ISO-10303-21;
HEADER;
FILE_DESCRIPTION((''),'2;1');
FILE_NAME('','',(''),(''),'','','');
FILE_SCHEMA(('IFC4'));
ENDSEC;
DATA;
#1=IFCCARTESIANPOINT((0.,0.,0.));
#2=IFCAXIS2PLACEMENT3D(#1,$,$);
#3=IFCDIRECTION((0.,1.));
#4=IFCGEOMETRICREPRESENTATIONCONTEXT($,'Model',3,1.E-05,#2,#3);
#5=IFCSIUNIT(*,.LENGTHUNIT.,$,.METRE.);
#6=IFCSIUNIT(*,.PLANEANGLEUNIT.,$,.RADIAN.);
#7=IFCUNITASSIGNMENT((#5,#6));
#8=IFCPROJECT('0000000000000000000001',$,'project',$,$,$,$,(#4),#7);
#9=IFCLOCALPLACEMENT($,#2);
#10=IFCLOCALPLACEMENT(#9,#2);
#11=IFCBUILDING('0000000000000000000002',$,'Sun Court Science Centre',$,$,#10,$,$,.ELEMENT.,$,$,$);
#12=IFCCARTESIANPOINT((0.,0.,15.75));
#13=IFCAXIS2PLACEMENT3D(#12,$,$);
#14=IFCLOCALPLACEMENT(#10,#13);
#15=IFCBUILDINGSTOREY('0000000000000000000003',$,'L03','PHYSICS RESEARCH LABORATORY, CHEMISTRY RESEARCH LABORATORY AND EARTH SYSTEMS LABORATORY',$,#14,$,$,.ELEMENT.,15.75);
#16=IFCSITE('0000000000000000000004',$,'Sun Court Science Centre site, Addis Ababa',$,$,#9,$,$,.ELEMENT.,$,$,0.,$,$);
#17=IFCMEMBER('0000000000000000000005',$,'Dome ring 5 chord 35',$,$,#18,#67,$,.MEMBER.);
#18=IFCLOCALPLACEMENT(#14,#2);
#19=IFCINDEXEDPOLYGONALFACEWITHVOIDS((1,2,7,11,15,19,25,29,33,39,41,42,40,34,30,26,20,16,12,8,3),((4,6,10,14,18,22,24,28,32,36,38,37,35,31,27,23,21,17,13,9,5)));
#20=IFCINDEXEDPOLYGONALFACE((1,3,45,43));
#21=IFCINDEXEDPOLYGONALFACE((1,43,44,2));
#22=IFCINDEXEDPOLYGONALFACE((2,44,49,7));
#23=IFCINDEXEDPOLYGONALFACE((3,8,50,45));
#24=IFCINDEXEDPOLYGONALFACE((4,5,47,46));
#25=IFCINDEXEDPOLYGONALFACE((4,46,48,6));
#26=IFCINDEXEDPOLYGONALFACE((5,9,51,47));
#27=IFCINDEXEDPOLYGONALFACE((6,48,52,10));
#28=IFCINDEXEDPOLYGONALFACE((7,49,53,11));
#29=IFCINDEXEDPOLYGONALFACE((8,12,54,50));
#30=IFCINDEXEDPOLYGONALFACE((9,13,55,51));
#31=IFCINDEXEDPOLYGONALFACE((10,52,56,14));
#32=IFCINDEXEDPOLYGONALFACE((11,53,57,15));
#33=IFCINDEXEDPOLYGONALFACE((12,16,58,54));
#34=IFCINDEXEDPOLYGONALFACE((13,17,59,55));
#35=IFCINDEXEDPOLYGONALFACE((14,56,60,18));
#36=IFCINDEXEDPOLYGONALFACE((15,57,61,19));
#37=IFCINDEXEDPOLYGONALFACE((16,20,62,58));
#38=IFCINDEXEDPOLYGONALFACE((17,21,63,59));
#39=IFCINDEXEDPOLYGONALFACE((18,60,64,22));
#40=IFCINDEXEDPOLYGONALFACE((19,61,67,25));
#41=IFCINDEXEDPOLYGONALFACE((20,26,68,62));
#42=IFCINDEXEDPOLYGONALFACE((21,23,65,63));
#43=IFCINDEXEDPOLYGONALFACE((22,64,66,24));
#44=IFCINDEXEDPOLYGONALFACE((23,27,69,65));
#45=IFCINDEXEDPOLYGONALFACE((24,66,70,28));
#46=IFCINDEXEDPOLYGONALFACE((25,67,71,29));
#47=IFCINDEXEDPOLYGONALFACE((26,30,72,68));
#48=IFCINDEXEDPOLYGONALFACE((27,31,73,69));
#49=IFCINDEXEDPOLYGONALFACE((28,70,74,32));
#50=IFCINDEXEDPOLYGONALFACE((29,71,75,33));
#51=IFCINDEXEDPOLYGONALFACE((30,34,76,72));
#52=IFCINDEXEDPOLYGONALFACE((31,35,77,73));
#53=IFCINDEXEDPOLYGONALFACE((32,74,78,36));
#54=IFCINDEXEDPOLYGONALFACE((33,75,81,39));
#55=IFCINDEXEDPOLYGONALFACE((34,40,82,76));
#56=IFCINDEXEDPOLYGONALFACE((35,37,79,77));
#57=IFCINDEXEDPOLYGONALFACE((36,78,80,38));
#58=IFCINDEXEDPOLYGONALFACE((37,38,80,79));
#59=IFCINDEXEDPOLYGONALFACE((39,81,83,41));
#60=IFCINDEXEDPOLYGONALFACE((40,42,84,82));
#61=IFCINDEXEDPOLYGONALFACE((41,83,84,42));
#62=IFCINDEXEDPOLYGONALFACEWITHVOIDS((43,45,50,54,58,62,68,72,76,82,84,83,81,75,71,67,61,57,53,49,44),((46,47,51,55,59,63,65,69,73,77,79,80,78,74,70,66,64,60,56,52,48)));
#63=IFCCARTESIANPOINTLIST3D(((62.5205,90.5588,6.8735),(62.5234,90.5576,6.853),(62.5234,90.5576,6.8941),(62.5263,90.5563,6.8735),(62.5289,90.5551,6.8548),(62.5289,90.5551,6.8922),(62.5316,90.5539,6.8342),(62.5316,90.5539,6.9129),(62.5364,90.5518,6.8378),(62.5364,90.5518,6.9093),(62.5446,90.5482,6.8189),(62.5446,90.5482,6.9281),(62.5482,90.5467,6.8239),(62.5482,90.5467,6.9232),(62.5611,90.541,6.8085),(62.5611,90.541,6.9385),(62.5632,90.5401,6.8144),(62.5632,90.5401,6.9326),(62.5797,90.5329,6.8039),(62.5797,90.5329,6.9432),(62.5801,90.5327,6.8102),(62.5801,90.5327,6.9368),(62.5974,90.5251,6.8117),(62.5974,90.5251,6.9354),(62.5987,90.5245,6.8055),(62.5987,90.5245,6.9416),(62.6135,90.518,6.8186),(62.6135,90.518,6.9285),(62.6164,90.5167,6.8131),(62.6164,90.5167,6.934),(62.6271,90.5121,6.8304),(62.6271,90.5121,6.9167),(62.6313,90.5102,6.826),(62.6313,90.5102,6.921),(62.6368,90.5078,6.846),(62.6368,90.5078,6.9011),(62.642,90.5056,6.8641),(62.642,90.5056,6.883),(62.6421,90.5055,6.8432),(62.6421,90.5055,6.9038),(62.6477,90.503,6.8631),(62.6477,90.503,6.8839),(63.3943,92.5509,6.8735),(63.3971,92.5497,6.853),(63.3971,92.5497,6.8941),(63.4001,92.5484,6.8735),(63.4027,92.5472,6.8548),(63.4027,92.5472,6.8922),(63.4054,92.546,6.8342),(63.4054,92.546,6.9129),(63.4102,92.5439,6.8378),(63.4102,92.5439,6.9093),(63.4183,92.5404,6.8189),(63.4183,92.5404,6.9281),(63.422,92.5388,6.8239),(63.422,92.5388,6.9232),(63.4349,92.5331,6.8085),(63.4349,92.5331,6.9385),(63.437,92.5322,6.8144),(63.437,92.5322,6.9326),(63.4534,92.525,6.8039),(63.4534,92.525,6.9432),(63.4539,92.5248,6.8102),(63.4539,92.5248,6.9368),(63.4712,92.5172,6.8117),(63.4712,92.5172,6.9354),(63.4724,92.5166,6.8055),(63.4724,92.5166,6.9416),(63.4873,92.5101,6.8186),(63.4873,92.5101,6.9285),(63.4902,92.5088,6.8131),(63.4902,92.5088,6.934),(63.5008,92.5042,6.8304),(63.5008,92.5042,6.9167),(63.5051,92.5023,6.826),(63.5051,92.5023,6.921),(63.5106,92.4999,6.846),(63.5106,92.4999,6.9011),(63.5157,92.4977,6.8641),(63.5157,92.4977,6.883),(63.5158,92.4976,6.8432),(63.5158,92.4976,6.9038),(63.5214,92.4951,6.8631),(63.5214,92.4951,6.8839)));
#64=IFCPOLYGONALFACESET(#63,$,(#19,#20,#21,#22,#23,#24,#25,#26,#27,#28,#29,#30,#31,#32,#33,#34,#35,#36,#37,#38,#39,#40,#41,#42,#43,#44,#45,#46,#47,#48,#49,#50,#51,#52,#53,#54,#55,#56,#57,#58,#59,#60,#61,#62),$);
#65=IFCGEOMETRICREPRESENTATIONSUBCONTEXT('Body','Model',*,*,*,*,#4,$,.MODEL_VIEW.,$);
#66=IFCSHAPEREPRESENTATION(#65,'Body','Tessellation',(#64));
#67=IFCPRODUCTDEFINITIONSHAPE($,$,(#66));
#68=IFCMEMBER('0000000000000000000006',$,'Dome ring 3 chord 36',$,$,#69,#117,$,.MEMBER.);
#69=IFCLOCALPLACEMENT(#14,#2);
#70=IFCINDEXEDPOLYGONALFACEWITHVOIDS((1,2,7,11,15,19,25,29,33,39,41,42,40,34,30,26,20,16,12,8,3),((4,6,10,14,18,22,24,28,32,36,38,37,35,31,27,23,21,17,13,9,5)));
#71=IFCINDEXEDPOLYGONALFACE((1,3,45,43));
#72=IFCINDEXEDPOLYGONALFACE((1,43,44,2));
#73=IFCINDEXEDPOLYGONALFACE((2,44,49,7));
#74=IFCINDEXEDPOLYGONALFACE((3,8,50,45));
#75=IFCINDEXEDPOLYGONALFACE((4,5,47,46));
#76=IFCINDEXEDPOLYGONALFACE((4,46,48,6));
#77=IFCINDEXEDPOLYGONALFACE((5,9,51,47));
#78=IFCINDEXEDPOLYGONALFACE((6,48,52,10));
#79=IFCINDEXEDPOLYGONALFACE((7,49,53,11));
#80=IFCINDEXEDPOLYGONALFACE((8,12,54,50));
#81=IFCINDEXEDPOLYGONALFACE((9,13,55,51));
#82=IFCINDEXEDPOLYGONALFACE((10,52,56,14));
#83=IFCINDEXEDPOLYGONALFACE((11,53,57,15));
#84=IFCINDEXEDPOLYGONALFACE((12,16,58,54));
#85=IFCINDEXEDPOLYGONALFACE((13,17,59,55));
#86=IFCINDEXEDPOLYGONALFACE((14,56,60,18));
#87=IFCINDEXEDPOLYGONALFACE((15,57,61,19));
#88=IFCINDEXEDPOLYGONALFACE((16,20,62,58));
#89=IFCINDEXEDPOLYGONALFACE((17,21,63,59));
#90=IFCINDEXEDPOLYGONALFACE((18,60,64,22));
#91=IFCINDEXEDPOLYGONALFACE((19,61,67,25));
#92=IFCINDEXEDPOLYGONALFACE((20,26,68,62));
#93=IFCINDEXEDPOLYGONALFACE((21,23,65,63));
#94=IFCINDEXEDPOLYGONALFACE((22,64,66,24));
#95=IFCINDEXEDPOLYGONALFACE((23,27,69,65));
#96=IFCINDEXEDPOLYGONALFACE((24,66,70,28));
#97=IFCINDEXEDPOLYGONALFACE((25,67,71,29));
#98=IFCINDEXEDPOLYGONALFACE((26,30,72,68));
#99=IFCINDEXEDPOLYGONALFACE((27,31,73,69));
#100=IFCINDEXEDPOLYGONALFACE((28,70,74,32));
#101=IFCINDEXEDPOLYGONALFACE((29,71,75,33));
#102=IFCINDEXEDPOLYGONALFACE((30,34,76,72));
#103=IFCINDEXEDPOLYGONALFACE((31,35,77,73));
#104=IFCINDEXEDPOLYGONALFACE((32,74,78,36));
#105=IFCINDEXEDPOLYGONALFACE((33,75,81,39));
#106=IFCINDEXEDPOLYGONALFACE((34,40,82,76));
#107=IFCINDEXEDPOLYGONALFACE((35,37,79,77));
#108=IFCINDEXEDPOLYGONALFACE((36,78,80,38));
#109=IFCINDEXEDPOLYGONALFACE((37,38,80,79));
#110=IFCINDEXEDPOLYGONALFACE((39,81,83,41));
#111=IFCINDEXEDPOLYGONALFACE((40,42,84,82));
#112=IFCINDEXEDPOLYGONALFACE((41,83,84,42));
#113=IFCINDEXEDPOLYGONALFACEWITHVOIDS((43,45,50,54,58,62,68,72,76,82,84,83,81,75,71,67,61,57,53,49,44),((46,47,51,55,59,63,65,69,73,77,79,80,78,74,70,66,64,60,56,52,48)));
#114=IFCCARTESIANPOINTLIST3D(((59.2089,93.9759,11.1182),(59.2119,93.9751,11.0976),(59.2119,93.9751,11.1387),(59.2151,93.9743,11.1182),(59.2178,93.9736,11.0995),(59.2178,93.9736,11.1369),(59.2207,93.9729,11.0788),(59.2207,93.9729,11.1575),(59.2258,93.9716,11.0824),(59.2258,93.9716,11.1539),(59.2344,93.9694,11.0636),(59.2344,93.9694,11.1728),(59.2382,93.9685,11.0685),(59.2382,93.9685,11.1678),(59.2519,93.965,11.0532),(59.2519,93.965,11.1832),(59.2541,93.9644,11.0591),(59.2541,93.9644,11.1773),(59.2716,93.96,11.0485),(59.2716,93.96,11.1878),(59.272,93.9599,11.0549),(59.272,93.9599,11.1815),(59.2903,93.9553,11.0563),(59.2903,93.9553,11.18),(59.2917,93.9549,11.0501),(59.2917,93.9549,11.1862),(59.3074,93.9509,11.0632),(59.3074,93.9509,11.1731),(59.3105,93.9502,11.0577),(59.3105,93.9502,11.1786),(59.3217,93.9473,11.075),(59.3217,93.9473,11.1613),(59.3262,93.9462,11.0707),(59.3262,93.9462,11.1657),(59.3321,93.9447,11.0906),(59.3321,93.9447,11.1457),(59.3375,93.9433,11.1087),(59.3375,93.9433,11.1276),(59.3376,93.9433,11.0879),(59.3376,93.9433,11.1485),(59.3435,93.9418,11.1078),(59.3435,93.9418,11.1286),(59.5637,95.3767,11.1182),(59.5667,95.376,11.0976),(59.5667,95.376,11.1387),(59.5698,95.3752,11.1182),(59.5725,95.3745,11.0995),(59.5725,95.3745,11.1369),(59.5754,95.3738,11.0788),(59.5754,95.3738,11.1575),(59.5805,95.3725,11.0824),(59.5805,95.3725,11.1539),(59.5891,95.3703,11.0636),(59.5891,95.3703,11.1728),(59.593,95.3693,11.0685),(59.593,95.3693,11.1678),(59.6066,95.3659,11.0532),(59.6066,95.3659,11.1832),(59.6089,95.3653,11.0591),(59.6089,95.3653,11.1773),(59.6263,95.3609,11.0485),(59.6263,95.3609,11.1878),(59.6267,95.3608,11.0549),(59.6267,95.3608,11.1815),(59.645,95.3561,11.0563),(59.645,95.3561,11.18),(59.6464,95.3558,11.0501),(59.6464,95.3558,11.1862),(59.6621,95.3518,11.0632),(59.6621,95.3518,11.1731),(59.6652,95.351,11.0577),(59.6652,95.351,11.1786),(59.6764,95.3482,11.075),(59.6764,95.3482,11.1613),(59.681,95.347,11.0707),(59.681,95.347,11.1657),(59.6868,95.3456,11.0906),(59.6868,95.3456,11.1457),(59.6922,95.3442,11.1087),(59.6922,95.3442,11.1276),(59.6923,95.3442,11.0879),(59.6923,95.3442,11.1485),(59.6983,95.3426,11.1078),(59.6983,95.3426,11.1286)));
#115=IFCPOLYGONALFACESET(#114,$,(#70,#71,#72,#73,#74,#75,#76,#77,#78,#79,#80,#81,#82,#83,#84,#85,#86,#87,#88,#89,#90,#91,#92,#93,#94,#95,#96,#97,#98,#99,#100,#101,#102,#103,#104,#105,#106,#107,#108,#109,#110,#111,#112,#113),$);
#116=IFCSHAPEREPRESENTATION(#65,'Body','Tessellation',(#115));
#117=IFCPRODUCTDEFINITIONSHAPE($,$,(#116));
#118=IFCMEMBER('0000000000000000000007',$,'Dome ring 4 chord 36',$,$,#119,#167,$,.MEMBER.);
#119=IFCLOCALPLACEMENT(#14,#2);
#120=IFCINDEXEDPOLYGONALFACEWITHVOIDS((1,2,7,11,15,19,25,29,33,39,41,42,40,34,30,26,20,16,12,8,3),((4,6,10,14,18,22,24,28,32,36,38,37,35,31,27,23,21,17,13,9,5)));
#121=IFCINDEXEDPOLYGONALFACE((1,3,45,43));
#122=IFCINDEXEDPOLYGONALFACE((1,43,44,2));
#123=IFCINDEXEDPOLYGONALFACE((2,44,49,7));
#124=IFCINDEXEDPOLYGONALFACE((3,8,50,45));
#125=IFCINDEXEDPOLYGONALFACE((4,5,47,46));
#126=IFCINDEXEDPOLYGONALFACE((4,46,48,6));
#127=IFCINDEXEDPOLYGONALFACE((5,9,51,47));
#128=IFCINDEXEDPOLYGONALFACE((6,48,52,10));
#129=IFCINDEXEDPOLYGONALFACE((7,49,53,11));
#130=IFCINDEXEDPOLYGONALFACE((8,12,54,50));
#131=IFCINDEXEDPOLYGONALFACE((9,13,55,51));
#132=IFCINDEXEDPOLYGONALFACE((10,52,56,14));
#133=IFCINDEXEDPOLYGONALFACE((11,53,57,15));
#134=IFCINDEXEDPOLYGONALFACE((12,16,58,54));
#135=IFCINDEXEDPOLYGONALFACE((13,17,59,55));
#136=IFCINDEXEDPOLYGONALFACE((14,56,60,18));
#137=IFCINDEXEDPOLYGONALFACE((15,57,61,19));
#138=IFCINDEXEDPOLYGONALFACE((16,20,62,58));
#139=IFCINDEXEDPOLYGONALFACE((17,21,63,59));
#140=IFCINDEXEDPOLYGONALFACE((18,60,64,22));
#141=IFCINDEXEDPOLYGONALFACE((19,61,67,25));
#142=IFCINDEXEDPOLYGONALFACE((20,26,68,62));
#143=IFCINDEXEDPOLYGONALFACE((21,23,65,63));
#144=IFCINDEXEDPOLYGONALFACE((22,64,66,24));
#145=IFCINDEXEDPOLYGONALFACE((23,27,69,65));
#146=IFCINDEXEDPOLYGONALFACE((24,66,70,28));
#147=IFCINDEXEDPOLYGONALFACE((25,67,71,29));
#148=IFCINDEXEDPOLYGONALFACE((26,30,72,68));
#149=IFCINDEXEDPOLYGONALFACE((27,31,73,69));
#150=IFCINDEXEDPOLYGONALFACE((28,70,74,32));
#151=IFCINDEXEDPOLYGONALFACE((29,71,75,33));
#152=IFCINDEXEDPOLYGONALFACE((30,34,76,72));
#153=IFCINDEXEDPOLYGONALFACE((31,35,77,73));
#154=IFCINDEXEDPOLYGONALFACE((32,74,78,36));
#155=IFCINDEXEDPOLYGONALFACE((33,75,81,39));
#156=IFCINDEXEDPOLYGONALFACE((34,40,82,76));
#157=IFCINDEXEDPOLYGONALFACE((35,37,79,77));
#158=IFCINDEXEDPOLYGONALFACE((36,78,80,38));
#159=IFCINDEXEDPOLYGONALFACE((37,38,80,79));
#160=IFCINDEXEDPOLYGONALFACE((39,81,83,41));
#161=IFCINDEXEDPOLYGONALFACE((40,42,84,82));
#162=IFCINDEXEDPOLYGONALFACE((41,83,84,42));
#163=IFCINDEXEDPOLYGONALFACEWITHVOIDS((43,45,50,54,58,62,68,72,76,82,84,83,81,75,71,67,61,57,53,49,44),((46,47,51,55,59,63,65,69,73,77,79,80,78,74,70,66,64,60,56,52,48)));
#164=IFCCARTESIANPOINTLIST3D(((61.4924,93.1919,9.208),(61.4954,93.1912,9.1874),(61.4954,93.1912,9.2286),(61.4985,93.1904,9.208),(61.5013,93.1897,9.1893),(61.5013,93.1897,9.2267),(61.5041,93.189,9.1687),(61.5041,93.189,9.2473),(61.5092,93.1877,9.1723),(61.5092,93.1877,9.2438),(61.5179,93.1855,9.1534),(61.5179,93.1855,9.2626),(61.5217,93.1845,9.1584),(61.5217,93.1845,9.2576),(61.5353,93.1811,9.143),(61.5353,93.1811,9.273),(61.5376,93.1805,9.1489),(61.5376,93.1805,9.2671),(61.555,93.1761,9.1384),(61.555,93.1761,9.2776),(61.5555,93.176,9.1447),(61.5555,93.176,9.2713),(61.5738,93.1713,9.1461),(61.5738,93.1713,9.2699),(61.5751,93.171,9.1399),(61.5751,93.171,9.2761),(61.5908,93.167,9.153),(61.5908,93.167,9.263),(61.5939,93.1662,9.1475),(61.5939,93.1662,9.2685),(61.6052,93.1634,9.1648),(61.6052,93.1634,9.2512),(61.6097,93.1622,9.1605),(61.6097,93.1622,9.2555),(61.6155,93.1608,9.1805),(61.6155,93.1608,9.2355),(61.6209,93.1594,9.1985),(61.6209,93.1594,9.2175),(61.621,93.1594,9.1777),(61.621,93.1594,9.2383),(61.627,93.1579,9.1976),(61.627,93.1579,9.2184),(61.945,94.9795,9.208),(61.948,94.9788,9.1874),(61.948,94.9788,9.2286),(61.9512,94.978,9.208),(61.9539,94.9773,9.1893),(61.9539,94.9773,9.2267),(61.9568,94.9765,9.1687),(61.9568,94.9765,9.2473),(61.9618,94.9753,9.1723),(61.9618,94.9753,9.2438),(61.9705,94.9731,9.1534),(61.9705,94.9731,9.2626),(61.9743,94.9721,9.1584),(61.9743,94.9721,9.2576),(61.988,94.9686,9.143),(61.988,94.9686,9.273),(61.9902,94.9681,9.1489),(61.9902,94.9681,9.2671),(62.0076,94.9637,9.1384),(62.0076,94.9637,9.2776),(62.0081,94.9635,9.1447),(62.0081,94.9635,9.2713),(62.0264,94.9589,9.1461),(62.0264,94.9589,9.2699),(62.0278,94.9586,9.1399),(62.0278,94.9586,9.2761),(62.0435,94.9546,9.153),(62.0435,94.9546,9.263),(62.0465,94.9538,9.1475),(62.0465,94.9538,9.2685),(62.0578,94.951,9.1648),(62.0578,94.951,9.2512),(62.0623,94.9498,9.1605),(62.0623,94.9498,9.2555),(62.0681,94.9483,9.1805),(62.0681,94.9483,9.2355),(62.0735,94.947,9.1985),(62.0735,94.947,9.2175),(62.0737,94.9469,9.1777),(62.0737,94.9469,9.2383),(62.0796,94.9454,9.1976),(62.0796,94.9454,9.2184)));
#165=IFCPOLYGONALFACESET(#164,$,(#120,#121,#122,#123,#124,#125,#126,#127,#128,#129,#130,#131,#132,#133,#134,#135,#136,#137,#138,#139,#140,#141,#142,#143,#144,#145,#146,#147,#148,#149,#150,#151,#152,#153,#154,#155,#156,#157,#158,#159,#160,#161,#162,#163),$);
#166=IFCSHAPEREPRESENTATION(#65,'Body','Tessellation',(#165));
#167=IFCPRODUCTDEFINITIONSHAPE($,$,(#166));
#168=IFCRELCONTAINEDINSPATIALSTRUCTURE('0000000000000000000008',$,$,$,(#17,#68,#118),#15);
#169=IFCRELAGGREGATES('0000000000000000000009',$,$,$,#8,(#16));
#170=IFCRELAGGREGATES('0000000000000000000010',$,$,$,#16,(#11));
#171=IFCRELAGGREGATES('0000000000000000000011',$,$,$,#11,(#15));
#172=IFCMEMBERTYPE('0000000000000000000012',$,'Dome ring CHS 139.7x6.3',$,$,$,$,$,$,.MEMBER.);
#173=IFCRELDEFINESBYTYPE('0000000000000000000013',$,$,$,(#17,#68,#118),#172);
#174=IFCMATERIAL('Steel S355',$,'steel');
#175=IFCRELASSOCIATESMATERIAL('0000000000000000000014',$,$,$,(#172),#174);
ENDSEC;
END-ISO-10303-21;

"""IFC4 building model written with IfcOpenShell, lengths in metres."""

from ifc_helpers import new_model, si_unit, direction, frame, origin, origin_2d, place, context, subcontext, project, spatial, hollow_circle, extrude, material, material_profile, profile_set, type_object, element, save


model = new_model("IFC4")

# Units and contexts
model_context = context("Model", 3, precision=1e-05, world=origin(), true_north=direction((0.0, 1.0)))
body_context = subcontext(model_context, "Body", "Model", "MODEL_VIEW")
ifc_project = project(units=[si_unit("LENGTHUNIT", "METRE"), si_unit("PLANEANGLEUNIT", "RADIAN")], contexts=[model_context])

# Site, building, storey
site_placement = place(None, origin())
site = spatial("IfcSite", under=ifc_project, at=site_placement, Name="Sun Court Science Centre site, Addis Ababa", CompositionType="ELEMENT", RefElevation=0.0)
building_placement = place(site_placement, origin())
building = spatial("IfcBuilding", under=site, at=building_placement, Name="Sun Court Science Centre", CompositionType="ELEMENT")
storey_placement = place(building_placement, frame((0.0, 0.0, 15.75)))
storey = spatial("IfcBuildingStorey", under=building, at=storey_placement, Name="L03", Description="PHYSICS RESEARCH LABORATORY, CHEMISTRY RESEARCH LABORATORY AND EARTH SYSTEMS LABORATORY", CompositionType="ELEMENT", Elevation=15.75)

# Members
ifc_material_1 = material(Name="Steel S355", Category="steel")
ifc_material_profile_1 = material_profile(ifc_material_1, hollow_circle(Radius=0.0698, WallThickness=0.0063, at=origin_2d()), Name="CHS 139.7x6.3")
ifc_profile_set_1 = profile_set([ifc_material_profile_1], Name="Steel S355")
member_type_1 = type_object("IfcMemberType", Name="Dome ring CHS 139.7x6.3", PredefinedType="MEMBER", material=ifc_profile_set_1)
member_1_placement = place(storey_placement, frame((62.5845, 90.5308, 6.8735), z_axis=(0.401666, 0.915786, 0.0), x_axis=(-0.915786, 0.401666, 0.0)))
element("IfcMember", 1, at=member_1_placement, inside=storey, type_object=member_type_1, Name="Dome ring 5 chord 35", PredefinedType="MEMBER", context=body_context, shape_type="SweptSolid", body=[
    extrude(hollow_circle(Radius=0.0698, WallThickness=0.0063, at=origin_2d()), origin(), (0.0, 0.0, 1.0), 2.1753),
])
member_2_placement = place(storey_placement, frame((59.2766, 93.9587, 11.1182), z_axis=(0.245476, 0.969403, 0.0), x_axis=(-0.969403, 0.245476, 0.0)))
element("IfcMember", 2, at=member_2_placement, inside=storey, type_object=member_type_1, Name="Dome ring 3 chord 36", PredefinedType="MEMBER", context=body_context, shape_type="SweptSolid", body=[
    extrude(hollow_circle(Radius=0.0698, WallThickness=0.0063, at=origin_2d()), origin(), (0.0, 0.0, 1.0), 1.4451),
])
member_3_placement = place(storey_placement, frame((61.5601, 93.1748, 9.208), z_axis=(0.245463, 0.969406, 0.0), x_axis=(-0.969406, 0.245463, 0.0)))
element("IfcMember", 3, at=member_3_placement, inside=storey, type_object=member_type_1, Name="Dome ring 4 chord 36", PredefinedType="MEMBER", context=body_context, shape_type="SweptSolid", body=[
    extrude(hollow_circle(Radius=0.0698, WallThickness=0.0063, at=origin_2d()), origin(), (0.0, 0.0, 1.0), 1.844),
])

save(model, "model.ifc")
